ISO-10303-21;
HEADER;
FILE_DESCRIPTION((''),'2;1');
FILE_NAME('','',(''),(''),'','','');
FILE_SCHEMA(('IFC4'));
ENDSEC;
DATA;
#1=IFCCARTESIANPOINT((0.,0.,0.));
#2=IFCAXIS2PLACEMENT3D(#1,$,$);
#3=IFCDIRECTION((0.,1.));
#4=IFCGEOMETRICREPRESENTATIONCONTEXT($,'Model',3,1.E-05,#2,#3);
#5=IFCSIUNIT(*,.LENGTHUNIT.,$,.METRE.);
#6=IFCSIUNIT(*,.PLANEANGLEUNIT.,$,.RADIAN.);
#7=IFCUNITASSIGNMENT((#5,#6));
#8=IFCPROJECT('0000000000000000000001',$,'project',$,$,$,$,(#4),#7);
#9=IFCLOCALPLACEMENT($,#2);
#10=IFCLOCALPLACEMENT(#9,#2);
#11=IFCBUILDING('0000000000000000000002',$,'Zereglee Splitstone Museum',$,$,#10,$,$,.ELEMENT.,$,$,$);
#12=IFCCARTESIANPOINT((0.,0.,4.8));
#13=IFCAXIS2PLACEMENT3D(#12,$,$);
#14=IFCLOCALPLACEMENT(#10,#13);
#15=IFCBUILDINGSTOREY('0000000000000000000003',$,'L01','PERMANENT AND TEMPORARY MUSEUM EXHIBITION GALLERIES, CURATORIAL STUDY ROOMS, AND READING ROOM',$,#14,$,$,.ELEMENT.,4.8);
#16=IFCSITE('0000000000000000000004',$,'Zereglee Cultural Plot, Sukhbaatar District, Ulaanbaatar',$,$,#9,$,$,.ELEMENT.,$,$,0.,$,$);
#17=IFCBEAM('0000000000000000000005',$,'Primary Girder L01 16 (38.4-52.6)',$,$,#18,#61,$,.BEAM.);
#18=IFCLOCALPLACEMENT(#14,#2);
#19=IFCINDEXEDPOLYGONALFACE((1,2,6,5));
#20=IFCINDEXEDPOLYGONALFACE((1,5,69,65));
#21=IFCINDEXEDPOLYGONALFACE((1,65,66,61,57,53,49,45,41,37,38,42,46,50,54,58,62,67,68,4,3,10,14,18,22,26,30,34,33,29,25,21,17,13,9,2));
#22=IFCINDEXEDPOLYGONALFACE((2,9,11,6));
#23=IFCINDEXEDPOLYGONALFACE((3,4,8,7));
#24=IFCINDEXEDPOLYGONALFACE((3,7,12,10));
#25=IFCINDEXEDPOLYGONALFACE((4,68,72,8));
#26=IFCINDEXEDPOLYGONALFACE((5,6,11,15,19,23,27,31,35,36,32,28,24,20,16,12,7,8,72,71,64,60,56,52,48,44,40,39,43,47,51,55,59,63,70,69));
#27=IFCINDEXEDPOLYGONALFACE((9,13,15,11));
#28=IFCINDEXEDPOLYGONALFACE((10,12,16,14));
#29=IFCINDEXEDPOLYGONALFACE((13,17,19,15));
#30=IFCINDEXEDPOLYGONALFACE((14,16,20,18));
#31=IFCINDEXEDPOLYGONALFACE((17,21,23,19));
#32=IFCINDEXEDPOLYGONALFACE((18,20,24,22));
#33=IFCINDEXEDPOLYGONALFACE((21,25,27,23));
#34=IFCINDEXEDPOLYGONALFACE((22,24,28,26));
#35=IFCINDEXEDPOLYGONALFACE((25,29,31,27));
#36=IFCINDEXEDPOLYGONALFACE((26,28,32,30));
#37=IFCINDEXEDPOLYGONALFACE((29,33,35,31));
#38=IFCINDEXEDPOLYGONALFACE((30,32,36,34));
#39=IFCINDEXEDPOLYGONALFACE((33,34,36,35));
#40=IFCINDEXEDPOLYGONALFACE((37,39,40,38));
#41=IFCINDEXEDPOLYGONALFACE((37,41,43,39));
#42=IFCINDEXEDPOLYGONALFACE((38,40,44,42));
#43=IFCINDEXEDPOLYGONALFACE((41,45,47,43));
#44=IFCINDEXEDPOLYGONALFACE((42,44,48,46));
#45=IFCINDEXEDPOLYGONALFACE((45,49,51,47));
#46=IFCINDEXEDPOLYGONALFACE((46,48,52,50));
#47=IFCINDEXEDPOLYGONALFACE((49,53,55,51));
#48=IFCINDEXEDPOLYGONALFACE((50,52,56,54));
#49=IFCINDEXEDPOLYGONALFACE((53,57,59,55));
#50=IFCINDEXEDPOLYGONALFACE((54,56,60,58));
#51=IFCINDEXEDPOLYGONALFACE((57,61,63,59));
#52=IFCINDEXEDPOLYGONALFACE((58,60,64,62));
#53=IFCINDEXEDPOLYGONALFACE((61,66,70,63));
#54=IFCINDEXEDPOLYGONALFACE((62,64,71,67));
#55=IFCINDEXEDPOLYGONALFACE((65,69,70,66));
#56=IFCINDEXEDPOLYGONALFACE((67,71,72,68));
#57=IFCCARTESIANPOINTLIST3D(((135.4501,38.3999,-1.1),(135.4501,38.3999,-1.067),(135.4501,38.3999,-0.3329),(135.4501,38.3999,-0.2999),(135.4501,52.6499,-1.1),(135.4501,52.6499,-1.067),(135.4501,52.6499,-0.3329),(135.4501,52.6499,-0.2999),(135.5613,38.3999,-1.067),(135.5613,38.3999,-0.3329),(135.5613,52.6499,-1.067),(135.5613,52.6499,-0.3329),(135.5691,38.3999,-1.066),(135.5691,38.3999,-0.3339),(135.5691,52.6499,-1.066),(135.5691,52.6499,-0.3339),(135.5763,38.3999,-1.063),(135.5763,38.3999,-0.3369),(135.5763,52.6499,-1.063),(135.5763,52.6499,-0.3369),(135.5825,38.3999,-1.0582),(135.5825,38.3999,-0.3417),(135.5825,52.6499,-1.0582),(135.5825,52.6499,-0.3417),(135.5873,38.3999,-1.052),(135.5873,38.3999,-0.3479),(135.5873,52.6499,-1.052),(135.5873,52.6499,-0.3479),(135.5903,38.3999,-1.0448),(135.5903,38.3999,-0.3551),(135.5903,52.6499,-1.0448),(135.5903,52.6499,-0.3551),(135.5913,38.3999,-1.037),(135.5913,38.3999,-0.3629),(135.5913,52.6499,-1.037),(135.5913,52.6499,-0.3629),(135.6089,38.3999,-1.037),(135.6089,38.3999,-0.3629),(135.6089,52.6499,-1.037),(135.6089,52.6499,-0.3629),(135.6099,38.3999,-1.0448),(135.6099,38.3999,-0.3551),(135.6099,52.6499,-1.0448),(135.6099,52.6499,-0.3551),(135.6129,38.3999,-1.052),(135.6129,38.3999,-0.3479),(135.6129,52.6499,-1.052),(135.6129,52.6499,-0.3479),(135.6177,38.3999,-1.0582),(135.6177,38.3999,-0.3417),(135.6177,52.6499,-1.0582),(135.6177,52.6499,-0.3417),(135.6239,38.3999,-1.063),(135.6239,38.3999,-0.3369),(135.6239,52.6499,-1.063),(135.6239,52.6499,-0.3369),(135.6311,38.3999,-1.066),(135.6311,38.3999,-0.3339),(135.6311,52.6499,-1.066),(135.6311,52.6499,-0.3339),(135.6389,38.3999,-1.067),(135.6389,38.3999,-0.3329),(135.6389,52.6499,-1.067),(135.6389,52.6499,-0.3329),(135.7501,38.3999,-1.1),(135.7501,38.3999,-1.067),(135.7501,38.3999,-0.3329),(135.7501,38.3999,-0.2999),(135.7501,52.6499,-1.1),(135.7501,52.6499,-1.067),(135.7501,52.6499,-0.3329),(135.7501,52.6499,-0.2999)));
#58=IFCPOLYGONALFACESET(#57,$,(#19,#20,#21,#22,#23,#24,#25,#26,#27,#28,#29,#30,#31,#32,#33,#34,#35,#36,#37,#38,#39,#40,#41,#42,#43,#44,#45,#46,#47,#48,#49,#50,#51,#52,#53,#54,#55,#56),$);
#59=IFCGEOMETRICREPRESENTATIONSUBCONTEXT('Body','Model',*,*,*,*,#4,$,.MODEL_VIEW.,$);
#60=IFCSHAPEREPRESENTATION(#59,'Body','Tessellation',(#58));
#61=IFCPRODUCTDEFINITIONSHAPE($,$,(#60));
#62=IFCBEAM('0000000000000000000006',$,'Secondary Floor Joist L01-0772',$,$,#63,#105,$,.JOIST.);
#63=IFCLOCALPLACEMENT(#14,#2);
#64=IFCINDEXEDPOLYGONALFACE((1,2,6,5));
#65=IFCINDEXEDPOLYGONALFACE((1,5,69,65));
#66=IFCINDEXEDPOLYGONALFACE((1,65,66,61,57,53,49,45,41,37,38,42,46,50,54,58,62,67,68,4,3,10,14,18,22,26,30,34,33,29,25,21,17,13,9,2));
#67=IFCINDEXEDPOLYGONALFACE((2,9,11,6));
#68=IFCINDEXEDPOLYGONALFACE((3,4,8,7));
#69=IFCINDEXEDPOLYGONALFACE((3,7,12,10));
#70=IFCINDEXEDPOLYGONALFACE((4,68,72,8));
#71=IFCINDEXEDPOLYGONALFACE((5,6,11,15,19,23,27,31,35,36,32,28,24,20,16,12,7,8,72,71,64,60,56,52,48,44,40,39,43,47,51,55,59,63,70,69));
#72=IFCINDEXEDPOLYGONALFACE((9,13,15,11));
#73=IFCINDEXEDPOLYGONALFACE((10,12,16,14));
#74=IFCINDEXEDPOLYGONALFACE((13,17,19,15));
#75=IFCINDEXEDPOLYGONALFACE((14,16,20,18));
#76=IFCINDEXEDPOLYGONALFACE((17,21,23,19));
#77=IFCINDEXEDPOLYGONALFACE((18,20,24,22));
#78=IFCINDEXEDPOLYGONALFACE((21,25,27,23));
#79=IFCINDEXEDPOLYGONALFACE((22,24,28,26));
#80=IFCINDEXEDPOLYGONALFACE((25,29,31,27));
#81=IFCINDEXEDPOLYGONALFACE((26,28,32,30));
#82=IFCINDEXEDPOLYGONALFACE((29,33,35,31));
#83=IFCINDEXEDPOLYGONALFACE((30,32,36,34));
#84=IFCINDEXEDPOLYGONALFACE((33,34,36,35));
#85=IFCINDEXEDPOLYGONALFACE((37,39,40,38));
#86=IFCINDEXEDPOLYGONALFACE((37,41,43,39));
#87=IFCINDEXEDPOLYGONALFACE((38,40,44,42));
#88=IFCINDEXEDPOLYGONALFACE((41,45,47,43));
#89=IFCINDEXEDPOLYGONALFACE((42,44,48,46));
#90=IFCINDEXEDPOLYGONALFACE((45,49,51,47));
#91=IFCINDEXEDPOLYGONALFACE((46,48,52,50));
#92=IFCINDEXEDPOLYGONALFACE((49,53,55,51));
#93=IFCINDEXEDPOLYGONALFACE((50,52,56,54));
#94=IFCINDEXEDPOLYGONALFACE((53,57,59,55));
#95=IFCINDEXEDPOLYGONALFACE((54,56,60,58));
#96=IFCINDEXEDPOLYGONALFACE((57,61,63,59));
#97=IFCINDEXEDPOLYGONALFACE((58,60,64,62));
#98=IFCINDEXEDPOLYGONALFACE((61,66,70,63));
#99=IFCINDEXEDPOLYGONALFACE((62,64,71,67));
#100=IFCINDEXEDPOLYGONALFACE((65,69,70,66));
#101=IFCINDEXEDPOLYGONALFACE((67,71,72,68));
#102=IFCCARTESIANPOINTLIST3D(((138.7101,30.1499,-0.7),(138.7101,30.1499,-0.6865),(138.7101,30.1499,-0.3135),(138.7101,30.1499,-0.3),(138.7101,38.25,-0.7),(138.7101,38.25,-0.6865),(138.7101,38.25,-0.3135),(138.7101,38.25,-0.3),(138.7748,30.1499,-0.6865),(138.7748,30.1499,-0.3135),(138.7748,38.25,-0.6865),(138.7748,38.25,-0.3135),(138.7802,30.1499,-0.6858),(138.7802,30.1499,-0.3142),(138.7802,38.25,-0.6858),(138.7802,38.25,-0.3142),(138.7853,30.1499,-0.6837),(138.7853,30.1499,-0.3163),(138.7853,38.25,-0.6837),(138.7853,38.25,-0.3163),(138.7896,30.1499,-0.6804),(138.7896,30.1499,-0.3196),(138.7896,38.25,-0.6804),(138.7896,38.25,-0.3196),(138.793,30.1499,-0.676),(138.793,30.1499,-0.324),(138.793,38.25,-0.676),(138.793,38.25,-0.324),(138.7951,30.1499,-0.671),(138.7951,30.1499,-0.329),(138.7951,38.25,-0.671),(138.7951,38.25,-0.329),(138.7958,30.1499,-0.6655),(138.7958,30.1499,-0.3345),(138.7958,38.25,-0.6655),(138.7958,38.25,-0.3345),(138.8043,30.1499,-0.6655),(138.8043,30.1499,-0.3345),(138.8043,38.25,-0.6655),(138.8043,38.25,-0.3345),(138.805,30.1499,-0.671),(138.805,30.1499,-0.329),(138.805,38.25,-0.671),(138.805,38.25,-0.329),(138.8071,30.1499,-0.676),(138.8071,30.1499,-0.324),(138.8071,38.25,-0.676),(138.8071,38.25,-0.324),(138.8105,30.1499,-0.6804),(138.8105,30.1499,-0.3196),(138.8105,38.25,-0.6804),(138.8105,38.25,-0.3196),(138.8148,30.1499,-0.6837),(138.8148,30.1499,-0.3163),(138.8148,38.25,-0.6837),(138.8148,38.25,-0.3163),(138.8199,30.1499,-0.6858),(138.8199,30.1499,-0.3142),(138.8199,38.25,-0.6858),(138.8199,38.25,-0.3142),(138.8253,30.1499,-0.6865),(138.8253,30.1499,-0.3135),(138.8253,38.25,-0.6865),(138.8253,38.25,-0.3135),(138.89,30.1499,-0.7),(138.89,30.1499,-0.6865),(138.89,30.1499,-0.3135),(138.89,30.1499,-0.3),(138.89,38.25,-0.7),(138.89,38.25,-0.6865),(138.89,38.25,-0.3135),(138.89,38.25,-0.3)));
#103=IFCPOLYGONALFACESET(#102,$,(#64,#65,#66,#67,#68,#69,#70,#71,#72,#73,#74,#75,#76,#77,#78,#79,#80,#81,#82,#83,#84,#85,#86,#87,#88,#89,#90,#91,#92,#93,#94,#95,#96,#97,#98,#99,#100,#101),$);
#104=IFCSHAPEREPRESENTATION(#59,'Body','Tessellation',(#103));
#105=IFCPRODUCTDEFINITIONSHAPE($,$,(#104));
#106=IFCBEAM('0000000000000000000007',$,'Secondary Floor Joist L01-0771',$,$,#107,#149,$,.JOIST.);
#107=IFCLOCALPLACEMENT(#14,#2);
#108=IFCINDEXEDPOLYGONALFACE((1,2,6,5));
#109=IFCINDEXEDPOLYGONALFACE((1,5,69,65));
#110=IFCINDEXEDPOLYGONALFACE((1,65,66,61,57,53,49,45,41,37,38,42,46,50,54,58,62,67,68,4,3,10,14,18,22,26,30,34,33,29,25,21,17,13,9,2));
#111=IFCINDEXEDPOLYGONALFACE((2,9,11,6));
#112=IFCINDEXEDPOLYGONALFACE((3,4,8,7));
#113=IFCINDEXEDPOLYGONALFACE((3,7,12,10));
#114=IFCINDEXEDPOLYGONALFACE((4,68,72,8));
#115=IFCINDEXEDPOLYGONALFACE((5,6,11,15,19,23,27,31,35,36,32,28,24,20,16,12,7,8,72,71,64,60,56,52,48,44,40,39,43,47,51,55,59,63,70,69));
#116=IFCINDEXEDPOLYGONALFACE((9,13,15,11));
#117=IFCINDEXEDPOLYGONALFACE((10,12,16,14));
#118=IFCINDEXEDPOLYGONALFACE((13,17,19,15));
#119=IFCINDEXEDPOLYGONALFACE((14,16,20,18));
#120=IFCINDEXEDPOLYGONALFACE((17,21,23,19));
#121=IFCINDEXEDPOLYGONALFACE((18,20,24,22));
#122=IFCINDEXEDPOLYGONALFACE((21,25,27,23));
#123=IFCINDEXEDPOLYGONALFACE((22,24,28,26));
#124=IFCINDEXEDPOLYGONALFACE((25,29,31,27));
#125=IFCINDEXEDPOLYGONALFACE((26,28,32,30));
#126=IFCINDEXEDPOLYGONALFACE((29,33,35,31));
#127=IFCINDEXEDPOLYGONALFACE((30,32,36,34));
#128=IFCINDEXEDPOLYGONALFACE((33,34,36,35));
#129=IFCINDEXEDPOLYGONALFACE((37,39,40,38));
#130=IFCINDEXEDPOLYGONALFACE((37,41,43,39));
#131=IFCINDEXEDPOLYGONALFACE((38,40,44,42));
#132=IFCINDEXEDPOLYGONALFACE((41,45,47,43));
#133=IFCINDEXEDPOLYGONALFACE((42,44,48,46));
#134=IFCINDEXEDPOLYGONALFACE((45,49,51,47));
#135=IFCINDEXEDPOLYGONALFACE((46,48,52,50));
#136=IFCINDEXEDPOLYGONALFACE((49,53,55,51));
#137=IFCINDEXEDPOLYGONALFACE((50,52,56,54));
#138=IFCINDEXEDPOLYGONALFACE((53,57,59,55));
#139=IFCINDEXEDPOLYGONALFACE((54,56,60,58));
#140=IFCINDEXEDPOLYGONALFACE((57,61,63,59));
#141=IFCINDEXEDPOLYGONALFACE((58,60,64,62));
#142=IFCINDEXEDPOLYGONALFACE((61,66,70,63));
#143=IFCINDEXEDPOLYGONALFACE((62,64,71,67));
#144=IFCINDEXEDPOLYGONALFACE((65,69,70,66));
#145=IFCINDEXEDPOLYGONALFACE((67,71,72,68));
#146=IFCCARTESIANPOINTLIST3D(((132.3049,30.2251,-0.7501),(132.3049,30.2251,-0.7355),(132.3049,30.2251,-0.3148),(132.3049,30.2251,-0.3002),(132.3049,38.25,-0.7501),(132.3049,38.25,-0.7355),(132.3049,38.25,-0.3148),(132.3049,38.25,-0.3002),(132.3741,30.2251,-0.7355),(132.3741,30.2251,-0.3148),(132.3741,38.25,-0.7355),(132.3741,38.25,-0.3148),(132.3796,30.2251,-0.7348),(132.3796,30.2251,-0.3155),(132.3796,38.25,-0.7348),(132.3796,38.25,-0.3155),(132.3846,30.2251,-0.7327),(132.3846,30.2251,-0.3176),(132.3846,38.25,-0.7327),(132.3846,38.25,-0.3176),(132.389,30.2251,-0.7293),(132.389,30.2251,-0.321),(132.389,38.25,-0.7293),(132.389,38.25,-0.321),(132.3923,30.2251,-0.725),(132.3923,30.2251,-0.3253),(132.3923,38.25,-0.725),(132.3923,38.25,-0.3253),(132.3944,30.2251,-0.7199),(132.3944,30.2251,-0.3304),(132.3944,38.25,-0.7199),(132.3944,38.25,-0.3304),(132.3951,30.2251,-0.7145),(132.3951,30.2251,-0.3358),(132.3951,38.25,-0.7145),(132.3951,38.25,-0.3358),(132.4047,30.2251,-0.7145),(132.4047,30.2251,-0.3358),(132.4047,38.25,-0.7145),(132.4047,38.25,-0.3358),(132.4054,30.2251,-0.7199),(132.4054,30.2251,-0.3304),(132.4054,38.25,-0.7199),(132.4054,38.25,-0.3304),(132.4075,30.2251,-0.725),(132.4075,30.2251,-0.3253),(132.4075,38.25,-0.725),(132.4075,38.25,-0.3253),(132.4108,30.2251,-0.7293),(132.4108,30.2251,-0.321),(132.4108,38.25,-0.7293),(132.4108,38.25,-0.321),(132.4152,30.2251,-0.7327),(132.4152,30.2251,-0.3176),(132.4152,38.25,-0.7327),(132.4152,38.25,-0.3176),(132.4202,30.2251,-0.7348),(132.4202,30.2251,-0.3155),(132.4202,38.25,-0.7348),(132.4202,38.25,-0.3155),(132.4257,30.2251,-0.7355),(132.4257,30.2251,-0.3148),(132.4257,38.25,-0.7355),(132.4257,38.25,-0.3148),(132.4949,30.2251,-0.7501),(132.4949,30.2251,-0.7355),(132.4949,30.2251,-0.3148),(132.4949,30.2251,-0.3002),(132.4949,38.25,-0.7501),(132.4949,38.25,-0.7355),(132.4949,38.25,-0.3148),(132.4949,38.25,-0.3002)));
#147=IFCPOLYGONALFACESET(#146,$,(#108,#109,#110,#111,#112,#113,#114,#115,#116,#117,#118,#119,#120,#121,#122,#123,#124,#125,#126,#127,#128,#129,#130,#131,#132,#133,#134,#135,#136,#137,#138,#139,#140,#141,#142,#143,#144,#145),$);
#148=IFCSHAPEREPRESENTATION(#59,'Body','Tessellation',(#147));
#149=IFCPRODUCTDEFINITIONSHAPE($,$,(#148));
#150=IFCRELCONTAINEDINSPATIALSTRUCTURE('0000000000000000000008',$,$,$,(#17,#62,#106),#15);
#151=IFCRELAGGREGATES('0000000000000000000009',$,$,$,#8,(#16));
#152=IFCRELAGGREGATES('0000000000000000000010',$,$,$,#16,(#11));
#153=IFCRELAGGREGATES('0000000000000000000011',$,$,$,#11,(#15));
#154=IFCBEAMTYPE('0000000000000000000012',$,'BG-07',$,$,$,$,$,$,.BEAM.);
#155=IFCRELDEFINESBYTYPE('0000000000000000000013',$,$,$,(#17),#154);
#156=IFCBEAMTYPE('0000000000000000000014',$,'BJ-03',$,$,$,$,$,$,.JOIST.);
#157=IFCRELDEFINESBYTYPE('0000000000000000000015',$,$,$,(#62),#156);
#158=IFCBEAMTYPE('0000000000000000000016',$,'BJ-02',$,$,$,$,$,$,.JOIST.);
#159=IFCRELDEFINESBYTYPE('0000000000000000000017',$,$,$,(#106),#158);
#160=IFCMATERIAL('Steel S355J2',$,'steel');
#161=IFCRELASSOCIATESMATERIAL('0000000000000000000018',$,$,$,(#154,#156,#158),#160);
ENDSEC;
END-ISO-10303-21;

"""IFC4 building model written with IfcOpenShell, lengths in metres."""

from ifc_helpers import new_model, si_unit, direction, frame, origin, origin_2d, place, context, subcontext, project, spatial, i_section, extrude, material, material_profile, profile_set, type_object, element, save


model = new_model("IFC4")

# Units and contexts
model_context = context("Model", 3, precision=1e-05, world=origin(), true_north=direction((0.0, 1.0)))
body_context = subcontext(model_context, "Body", "Model", "MODEL_VIEW")
ifc_project = project(units=[si_unit("LENGTHUNIT", "METRE"), si_unit("PLANEANGLEUNIT", "RADIAN")], contexts=[model_context])

# Site, building, storey
site_placement = place(None, origin())
site = spatial("IfcSite", under=ifc_project, at=site_placement, Name="Zereglee Cultural Plot, Sukhbaatar District, Ulaanbaatar", CompositionType="ELEMENT", RefElevation=0.0)
building_placement = place(site_placement, origin())
building = spatial("IfcBuilding", under=site, at=building_placement, Name="Zereglee Splitstone Museum", CompositionType="ELEMENT")
storey_placement = place(building_placement, frame((0.0, 0.0, 4.8)))
storey = spatial("IfcBuildingStorey", under=building, at=storey_placement, Name="L01", Description="PERMANENT AND TEMPORARY MUSEUM EXHIBITION GALLERIES, CURATORIAL STUDY ROOMS, AND READING ROOM", CompositionType="ELEMENT", Elevation=4.8)

# Shared definitions
ifc_material_1 = material(Name="Steel S355J2", Category="steel")

# Beams
ifc_material_profile_1 = material_profile(ifc_material_1, i_section(OverallWidth=0.3, OverallDepth=0.8, WebThickness=0.0176, FlangeThickness=0.033, FilletRadius=0.03, at=origin_2d()), Name="HE 800 B")
ifc_profile_set_1 = profile_set([ifc_material_profile_1], Name="Steel S355J2")
beam_type_1 = type_object("IfcBeamType", Name="BG-07", PredefinedType="BEAM", material=ifc_profile_set_1)
for number, where, z_axis, x_axis, name in (
    (1, (135.6001, 38.3999, -0.7), (0.0, 1.0, 0.0), (-1.0, 0.0, 0.0), "Primary Girder L01 16 (38.4-52.6)"),
):
    element("IfcBeam", number, at=place(storey_placement, frame(where, z_axis=z_axis, x_axis=x_axis)), inside=storey, type_object=beam_type_1, Name=name, PredefinedType="BEAM", context=body_context, shape_type="SweptSolid", body=[
        extrude(i_section(OverallWidth=0.3, OverallDepth=0.8, WebThickness=0.0176, FlangeThickness=0.033, FilletRadius=0.03, at=origin_2d()), origin(), (0.0, 0.0, 1.0), 14.25),
    ])
ifc_material_profile_2 = material_profile(ifc_material_1, i_section(OverallWidth=0.1799, OverallDepth=0.3999, WebThickness=0.0085, FlangeThickness=0.0134, FilletRadius=0.021, at=origin_2d()), Name="IPE 400")
ifc_profile_set_2 = profile_set([ifc_material_profile_2], Name="Steel S355J2")
beam_type_2 = type_object("IfcBeamType", Name="BJ-03", PredefinedType="JOIST", material=ifc_profile_set_2)
beam_1_placement = place(storey_placement, frame((138.8, 30.1499, -0.5), z_axis=(0.0, 1.0, 0.0), x_axis=(-1.0, 0.0, 0.0)))
element("IfcBeam", 2, at=beam_1_placement, inside=storey, type_object=beam_type_2, Name="Secondary Floor Joist L01-0772", PredefinedType="JOIST", context=body_context, shape_type="SweptSolid", body=[
    extrude(i_section(OverallWidth=0.1799, OverallDepth=0.3999, WebThickness=0.0085, FlangeThickness=0.0134, FilletRadius=0.021, at=origin_2d()), origin(), (0.0, 0.0, 1.0), 8.1001),
])
ifc_material_profile_3 = material_profile(ifc_material_1, i_section(OverallWidth=0.1899, OverallDepth=0.45, WebThickness=0.0095, FlangeThickness=0.0146, FilletRadius=0.021, at=origin_2d()), Name="IPE 450")
ifc_profile_set_3 = profile_set([ifc_material_profile_3], Name="Steel S355J2")
beam_type_3 = type_object("IfcBeamType", Name="BJ-02", PredefinedType="JOIST", material=ifc_profile_set_3)
beam_2_placement = place(storey_placement, frame((132.3999, 30.2251, -0.5251), z_axis=(0.0, 1.0, 0.0), x_axis=(-1.0, 0.0, 0.0)))
element("IfcBeam", 3, at=beam_2_placement, inside=storey, type_object=beam_type_3, Name="Secondary Floor Joist L01-0771", PredefinedType="JOIST", context=body_context, shape_type="SweptSolid", body=[
    extrude(i_section(OverallWidth=0.1899, OverallDepth=0.45, WebThickness=0.0095, FlangeThickness=0.0146, FilletRadius=0.021, at=origin_2d()), origin(), (0.0, 0.0, 1.0), 8.0249),
])

save(model, "model.ifc")
